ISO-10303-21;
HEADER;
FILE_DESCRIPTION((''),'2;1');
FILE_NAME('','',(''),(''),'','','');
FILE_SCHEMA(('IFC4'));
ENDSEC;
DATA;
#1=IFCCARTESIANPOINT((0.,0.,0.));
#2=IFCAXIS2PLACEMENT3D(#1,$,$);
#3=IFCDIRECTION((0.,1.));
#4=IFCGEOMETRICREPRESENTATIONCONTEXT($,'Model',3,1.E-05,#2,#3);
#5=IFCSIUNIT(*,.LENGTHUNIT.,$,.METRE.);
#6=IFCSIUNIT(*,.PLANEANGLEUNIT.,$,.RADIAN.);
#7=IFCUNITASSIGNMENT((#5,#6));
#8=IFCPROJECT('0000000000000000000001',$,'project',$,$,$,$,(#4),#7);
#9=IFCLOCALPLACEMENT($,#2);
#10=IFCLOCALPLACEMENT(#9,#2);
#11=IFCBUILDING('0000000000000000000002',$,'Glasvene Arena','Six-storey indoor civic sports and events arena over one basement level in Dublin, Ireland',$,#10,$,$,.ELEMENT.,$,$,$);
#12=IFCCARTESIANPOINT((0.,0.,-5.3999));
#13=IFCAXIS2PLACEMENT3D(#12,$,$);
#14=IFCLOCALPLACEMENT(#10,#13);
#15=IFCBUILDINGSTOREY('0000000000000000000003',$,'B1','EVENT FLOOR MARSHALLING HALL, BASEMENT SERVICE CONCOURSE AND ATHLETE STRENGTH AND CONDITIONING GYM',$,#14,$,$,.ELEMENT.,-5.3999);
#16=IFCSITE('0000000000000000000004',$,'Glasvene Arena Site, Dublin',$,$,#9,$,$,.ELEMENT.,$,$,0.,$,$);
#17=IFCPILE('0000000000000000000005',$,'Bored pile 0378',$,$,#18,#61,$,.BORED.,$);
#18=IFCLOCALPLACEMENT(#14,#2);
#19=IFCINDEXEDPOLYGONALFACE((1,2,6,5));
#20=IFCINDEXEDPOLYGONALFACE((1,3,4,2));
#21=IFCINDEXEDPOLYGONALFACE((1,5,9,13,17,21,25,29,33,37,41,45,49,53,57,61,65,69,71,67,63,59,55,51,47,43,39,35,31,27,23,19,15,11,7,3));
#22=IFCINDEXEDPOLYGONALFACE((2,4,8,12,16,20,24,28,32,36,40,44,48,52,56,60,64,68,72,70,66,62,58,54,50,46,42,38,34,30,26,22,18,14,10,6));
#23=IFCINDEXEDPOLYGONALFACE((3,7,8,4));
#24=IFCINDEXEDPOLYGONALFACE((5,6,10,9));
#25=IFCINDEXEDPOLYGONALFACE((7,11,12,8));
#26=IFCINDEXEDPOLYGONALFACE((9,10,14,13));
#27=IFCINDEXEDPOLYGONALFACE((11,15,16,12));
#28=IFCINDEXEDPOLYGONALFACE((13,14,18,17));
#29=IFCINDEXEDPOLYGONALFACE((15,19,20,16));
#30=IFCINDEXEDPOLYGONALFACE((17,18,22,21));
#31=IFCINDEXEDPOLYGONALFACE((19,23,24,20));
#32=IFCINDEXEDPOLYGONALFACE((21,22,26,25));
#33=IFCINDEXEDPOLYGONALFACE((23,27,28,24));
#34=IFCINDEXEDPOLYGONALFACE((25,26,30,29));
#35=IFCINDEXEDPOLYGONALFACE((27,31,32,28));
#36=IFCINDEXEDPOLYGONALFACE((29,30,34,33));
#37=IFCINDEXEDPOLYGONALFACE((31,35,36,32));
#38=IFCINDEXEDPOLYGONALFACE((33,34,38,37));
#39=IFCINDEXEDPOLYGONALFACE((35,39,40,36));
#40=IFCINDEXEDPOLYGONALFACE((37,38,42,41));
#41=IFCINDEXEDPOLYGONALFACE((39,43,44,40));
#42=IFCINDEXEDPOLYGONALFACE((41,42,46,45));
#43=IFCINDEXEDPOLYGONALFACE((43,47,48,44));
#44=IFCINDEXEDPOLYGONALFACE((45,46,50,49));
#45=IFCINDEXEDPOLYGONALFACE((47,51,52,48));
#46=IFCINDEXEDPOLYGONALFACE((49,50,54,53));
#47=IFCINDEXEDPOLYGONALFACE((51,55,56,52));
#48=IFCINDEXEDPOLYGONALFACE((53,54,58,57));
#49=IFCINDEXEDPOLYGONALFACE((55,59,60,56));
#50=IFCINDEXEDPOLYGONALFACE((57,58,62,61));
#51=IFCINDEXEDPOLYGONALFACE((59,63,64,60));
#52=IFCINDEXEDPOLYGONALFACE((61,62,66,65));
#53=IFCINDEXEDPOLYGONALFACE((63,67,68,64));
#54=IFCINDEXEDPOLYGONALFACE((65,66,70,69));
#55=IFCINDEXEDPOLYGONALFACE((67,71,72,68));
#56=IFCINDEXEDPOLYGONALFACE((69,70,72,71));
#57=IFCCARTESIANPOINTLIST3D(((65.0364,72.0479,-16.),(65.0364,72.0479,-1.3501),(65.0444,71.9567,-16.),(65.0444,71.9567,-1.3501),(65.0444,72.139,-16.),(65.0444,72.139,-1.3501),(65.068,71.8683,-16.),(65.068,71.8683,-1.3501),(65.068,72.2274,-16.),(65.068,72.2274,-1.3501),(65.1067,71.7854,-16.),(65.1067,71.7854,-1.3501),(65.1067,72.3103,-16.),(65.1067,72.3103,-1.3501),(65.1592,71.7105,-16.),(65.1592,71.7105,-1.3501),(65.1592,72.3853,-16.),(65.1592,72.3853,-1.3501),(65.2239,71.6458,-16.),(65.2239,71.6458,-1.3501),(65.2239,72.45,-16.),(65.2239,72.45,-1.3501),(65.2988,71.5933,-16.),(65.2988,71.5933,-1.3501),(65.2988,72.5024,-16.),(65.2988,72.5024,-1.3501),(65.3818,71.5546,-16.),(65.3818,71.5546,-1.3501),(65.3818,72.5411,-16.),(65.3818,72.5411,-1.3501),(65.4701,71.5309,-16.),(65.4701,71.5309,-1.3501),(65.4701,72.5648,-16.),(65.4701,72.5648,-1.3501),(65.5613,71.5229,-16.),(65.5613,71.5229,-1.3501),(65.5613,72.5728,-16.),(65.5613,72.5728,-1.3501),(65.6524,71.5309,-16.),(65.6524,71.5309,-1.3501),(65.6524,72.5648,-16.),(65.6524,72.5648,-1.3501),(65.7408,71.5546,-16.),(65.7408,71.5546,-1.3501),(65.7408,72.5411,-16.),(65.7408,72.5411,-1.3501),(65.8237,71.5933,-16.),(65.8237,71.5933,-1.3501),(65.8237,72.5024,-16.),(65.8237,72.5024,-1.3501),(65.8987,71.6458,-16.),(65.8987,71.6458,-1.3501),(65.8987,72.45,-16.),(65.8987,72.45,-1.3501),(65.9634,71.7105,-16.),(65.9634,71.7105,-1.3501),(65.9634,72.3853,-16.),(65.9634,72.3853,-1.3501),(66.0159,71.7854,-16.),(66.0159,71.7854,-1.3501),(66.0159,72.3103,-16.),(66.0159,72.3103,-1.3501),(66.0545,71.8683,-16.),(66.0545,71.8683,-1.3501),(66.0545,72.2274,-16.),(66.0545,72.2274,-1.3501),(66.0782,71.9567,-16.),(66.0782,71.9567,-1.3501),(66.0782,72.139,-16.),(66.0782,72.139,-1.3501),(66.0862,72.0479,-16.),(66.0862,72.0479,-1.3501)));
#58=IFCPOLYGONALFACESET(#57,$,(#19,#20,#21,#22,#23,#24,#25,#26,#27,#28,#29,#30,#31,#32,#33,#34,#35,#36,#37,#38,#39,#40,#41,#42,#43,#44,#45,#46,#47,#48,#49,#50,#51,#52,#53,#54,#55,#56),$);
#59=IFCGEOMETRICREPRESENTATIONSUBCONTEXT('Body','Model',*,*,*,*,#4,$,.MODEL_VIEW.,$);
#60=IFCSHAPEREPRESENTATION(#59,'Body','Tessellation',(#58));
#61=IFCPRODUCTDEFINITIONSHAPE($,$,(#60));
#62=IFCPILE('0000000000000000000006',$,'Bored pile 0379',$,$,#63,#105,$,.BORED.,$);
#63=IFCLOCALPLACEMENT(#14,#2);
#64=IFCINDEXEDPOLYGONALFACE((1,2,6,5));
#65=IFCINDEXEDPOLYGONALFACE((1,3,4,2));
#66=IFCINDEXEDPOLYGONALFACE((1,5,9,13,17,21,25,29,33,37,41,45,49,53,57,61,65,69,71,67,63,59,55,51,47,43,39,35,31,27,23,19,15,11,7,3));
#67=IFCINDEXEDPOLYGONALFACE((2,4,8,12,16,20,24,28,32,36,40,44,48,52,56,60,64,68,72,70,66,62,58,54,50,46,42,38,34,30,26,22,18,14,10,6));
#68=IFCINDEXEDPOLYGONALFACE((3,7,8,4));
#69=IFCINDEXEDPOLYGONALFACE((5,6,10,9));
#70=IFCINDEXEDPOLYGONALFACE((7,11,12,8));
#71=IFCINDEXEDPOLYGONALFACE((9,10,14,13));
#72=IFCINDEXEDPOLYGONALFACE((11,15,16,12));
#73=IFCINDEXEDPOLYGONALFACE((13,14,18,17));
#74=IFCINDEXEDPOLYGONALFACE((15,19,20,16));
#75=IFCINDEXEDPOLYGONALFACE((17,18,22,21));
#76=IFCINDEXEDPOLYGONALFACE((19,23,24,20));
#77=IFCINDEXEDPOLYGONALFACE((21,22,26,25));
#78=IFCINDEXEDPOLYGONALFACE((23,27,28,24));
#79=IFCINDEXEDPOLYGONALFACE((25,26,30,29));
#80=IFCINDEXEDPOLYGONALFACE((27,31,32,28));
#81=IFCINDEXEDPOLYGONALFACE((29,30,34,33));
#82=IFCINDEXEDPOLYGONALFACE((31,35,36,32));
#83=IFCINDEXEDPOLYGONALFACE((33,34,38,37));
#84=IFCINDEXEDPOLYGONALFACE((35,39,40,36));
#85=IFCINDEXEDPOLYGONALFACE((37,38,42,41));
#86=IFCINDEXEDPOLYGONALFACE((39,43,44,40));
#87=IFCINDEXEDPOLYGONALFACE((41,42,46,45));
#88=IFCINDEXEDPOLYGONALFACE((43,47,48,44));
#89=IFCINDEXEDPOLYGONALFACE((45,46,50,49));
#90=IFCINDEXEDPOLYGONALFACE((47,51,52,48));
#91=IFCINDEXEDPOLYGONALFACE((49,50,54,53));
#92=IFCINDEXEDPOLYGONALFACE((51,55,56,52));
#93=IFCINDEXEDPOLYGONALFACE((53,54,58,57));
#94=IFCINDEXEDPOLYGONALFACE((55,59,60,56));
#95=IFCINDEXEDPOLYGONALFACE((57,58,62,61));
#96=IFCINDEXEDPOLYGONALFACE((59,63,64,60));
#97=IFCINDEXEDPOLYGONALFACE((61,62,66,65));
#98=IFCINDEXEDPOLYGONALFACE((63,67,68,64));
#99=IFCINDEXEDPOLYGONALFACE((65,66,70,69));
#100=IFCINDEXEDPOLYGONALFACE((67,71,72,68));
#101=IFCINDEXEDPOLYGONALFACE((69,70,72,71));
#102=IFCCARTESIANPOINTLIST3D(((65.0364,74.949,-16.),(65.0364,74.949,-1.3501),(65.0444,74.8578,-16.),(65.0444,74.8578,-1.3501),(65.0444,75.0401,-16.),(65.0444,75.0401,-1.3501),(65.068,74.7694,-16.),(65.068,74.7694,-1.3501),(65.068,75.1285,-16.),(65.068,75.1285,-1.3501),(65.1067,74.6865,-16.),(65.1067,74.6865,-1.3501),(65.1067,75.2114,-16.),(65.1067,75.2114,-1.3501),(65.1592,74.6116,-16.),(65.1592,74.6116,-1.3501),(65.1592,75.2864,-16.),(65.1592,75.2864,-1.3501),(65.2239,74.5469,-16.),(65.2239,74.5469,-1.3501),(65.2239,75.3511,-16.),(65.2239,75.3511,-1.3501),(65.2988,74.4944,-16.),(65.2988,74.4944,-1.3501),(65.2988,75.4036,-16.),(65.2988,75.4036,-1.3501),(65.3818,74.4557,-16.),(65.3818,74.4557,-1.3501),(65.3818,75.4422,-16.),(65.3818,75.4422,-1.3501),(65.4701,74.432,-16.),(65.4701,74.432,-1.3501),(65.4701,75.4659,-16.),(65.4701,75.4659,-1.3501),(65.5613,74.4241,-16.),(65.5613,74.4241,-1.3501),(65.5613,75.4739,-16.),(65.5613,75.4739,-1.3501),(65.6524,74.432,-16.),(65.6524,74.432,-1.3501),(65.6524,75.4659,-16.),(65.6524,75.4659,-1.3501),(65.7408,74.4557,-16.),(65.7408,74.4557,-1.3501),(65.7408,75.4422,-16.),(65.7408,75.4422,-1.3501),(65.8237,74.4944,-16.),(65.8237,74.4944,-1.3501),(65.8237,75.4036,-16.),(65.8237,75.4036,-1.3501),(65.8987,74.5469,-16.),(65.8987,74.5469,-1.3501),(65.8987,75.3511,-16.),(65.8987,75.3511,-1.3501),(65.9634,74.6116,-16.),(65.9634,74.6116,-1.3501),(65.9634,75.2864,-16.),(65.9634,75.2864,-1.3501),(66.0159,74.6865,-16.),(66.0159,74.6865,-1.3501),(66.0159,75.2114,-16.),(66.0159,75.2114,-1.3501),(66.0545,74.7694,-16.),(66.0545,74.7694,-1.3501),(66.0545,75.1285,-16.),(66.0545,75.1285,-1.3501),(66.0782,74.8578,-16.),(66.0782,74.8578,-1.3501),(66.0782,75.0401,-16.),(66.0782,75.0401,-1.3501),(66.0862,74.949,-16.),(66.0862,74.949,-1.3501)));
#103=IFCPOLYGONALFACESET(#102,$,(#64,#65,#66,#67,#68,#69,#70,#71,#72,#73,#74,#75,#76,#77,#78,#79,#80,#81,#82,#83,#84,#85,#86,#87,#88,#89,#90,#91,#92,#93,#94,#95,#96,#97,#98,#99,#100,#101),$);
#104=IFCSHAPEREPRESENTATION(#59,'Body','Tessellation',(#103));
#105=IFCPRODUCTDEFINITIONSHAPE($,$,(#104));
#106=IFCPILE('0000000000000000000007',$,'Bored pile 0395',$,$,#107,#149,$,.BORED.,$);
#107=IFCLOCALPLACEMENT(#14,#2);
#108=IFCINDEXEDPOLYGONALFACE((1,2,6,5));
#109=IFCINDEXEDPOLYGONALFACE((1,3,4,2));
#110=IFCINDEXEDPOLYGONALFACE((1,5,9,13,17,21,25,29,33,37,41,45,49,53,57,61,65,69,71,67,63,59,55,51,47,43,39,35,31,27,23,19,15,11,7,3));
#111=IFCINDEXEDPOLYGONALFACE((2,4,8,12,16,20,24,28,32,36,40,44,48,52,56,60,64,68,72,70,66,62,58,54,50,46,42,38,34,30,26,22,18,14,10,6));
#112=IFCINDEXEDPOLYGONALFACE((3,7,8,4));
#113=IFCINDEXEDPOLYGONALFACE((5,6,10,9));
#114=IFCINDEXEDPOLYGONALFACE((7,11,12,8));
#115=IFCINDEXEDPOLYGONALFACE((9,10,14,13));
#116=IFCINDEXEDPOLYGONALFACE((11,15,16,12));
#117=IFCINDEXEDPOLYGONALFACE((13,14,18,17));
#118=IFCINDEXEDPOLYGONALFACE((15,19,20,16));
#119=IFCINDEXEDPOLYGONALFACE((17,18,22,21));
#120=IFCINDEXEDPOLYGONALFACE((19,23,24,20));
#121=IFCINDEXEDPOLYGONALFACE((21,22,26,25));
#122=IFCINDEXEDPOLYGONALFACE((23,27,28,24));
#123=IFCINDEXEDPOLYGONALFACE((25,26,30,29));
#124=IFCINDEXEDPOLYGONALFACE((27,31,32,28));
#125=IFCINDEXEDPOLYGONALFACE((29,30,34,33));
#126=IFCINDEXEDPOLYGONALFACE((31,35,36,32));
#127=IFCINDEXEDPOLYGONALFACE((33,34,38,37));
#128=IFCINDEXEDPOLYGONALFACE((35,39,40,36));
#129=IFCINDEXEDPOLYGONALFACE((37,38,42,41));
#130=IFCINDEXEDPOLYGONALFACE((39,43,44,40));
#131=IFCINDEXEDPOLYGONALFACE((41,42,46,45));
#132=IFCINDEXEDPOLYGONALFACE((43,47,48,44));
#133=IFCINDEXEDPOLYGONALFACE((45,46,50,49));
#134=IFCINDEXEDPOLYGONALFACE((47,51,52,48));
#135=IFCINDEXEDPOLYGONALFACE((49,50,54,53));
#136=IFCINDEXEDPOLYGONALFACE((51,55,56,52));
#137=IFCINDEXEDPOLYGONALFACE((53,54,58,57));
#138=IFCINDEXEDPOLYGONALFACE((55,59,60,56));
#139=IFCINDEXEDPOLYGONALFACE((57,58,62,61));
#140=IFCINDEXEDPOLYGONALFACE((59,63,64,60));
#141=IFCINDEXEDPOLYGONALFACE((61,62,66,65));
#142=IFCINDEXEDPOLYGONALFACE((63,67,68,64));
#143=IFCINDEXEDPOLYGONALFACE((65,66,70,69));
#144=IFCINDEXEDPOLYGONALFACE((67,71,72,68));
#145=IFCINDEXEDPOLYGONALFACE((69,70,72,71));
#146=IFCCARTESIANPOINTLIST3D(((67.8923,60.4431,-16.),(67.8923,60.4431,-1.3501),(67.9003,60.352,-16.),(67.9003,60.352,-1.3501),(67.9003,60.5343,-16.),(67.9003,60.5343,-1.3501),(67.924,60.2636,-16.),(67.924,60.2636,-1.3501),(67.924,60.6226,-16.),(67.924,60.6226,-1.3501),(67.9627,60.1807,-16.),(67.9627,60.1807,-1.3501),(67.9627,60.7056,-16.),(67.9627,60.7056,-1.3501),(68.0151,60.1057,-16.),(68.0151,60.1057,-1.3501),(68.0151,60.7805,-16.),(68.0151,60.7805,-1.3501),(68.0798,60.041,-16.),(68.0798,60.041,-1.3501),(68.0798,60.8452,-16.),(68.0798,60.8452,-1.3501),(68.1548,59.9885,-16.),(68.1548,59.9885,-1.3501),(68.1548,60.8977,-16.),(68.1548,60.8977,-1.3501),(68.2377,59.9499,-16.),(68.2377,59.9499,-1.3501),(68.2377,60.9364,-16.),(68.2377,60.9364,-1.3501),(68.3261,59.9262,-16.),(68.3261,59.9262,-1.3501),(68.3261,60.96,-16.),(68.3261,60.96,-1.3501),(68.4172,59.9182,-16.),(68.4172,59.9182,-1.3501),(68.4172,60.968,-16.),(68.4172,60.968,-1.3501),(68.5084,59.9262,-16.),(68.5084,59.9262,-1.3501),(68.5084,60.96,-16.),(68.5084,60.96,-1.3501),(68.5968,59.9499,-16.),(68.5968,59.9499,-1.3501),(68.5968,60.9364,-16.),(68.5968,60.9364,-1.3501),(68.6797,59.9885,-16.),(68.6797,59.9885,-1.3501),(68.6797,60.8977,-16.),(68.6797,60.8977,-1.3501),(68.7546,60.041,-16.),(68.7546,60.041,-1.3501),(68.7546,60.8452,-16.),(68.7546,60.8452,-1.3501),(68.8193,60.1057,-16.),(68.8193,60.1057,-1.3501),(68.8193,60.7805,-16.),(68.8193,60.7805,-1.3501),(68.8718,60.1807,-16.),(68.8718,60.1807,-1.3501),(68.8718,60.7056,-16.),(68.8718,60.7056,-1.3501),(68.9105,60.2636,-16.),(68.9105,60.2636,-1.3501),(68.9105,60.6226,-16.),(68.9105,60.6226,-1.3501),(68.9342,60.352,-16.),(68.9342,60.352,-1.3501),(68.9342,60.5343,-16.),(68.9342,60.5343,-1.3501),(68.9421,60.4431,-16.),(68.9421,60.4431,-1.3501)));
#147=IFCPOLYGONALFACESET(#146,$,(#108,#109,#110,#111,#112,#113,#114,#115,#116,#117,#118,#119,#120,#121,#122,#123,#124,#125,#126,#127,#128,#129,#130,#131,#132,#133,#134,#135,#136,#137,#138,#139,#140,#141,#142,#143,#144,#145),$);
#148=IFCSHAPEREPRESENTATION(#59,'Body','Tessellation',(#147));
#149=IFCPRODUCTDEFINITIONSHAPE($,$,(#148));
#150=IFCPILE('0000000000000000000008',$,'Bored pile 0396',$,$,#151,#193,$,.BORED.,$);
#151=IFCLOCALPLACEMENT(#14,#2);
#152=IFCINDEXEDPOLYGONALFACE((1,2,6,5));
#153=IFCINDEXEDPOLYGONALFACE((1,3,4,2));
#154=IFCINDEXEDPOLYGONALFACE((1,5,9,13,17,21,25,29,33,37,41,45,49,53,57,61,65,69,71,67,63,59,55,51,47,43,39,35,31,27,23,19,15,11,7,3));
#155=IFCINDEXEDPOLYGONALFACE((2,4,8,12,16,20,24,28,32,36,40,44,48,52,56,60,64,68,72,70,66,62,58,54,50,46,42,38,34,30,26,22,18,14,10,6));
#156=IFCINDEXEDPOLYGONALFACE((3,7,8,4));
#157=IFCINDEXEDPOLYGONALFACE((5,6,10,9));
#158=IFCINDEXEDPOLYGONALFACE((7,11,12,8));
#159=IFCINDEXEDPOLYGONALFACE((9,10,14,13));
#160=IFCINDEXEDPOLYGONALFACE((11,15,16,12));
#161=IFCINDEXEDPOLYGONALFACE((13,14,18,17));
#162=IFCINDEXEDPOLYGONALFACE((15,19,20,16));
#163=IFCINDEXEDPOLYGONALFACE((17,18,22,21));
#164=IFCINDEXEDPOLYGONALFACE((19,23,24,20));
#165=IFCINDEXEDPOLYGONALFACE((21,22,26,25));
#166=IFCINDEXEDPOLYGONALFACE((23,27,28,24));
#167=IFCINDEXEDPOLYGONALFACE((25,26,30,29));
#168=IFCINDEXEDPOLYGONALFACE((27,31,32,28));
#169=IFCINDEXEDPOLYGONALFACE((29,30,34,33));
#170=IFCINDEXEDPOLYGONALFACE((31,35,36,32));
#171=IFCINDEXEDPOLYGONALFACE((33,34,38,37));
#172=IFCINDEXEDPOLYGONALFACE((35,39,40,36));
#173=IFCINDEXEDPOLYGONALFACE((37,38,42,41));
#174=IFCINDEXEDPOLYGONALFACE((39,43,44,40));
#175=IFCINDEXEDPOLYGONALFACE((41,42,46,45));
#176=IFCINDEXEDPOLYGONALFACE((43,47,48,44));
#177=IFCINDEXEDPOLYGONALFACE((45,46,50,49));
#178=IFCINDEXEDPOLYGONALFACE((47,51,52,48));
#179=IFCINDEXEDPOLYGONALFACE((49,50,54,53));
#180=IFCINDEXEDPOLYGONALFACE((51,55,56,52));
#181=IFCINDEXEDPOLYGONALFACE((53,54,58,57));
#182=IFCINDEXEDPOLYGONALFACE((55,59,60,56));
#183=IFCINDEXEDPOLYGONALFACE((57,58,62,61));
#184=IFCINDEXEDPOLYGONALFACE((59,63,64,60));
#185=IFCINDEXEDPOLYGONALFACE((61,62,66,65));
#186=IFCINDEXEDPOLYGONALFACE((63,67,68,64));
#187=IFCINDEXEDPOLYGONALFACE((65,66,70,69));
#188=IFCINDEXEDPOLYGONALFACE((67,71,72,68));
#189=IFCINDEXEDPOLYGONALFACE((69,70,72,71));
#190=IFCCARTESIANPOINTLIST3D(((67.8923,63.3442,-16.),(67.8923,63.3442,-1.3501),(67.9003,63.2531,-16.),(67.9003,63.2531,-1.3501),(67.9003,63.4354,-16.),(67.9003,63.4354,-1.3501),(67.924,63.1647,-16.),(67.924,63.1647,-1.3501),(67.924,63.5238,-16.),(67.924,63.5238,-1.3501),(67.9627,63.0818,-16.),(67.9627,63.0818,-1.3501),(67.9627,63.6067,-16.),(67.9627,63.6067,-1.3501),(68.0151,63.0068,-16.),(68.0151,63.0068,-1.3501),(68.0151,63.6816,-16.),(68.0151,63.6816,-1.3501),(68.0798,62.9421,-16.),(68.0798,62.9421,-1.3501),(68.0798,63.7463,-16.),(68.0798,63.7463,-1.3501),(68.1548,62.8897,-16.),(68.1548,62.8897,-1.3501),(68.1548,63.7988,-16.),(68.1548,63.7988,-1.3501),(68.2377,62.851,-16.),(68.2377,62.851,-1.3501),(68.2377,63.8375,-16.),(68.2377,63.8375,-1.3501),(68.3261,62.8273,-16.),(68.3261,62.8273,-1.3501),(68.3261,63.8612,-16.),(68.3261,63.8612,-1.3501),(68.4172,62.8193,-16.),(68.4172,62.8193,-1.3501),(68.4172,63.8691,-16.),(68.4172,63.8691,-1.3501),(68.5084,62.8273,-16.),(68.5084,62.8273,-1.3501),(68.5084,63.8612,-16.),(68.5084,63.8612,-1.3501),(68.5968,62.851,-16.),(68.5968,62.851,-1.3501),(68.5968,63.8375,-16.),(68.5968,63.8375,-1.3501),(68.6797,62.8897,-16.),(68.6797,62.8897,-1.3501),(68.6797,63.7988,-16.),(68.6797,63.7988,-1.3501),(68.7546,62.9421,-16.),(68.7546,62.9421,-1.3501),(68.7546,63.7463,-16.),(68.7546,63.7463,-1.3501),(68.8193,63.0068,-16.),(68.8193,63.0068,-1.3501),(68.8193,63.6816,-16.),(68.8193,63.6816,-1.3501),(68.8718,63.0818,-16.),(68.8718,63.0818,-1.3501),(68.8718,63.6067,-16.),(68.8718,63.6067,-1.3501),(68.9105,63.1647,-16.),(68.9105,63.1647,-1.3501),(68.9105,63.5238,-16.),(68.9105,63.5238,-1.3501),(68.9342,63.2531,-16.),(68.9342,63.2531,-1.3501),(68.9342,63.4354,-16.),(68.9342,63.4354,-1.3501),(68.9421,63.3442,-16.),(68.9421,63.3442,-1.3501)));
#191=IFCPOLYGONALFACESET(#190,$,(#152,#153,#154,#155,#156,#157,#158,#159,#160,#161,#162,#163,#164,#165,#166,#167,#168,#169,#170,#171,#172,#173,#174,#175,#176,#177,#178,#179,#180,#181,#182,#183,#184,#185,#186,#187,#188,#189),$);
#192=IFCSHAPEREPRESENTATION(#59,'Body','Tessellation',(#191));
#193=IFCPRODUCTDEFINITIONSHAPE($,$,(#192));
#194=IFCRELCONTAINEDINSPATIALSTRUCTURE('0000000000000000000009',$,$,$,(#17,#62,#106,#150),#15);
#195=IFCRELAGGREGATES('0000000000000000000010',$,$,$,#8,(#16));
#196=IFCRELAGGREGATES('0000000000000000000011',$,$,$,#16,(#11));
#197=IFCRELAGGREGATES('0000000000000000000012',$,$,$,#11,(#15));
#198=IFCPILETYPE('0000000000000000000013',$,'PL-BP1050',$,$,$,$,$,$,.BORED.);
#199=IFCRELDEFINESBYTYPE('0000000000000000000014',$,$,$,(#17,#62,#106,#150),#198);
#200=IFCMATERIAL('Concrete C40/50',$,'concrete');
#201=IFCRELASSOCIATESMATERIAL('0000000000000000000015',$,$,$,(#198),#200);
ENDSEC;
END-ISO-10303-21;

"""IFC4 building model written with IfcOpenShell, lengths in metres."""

from ifc_helpers import new_model, si_unit, direction, frame, origin, origin_2d, place, context, subcontext, project, spatial, circle, extrude, material, material_profile, profile_set, type_object, element, save


model = new_model("IFC4")

# Units and contexts
model_context = context("Model", 3, precision=1e-05, world=origin(), true_north=direction((0.0, 1.0)))
body_context = subcontext(model_context, "Body", "Model", "MODEL_VIEW")
ifc_project = project(units=[si_unit("LENGTHUNIT", "METRE"), si_unit("PLANEANGLEUNIT", "RADIAN")], contexts=[model_context])

# Site, building, storey
site_placement = place(None, origin())
site = spatial("IfcSite", under=ifc_project, at=site_placement, Name="Glasvene Arena Site, Dublin", CompositionType="ELEMENT", RefElevation=0.0)
building_placement = place(site_placement, origin())
building = spatial("IfcBuilding", under=site, at=building_placement, Name="Glasvene Arena", Description="Six-storey indoor civic sports and events arena over one basement level in Dublin, Ireland", CompositionType="ELEMENT")
storey_placement = place(building_placement, frame((0.0, 0.0, -5.3999)))
storey = spatial("IfcBuildingStorey", under=building, at=storey_placement, Name="B1", Description="EVENT FLOOR MARSHALLING HALL, BASEMENT SERVICE CONCOURSE AND ATHLETE STRENGTH AND CONDITIONING GYM", CompositionType="ELEMENT", Elevation=-5.3999)

# Piles
ifc_material_1 = material(Name="Concrete C40/50", Category="concrete")
ifc_material_profile_1 = material_profile(ifc_material_1, circle(Radius=0.5249, at=origin_2d()), Name="BORED PILE 1050")
ifc_profile_set_1 = profile_set([ifc_material_profile_1], Name="Concrete C40/50")
pile_type = type_object("IfcPileType", Name="PL-BP1050", PredefinedType="BORED", material=ifc_profile_set_1)
for number, where, z_axis, x_axis, name in (
    (1, (65.5613, 72.0479, -1.3501), (0.0, 0.0, -1.0), (1.0, 0.0, 0.0), "Bored pile 0378"),
    (2, (65.5613, 74.949, -1.3501), (0.0, 0.0, -1.0), (1.0, 0.0, 0.0), "Bored pile 0379"),
    (3, (68.4172, 60.4431, -1.3501), (0.0, 0.0, -1.0), (1.0, 0.0, 0.0), "Bored pile 0395"),
    (4, (68.4172, 63.3442, -1.3501), (0.0, 0.0, -1.0), (1.0, 0.0, 0.0), "Bored pile 0396"),
):
    element("IfcPile", number, at=place(storey_placement, frame(where, z_axis=z_axis, x_axis=x_axis)), inside=storey, type_object=pile_type, Name=name, PredefinedType="BORED", context=body_context, shape_type="SweptSolid", body=[
        extrude(circle(Radius=0.5249, at=origin_2d()), origin(), (0.0, 0.0, 1.0), 14.6499),
    ])

save(model, "model.ifc")
